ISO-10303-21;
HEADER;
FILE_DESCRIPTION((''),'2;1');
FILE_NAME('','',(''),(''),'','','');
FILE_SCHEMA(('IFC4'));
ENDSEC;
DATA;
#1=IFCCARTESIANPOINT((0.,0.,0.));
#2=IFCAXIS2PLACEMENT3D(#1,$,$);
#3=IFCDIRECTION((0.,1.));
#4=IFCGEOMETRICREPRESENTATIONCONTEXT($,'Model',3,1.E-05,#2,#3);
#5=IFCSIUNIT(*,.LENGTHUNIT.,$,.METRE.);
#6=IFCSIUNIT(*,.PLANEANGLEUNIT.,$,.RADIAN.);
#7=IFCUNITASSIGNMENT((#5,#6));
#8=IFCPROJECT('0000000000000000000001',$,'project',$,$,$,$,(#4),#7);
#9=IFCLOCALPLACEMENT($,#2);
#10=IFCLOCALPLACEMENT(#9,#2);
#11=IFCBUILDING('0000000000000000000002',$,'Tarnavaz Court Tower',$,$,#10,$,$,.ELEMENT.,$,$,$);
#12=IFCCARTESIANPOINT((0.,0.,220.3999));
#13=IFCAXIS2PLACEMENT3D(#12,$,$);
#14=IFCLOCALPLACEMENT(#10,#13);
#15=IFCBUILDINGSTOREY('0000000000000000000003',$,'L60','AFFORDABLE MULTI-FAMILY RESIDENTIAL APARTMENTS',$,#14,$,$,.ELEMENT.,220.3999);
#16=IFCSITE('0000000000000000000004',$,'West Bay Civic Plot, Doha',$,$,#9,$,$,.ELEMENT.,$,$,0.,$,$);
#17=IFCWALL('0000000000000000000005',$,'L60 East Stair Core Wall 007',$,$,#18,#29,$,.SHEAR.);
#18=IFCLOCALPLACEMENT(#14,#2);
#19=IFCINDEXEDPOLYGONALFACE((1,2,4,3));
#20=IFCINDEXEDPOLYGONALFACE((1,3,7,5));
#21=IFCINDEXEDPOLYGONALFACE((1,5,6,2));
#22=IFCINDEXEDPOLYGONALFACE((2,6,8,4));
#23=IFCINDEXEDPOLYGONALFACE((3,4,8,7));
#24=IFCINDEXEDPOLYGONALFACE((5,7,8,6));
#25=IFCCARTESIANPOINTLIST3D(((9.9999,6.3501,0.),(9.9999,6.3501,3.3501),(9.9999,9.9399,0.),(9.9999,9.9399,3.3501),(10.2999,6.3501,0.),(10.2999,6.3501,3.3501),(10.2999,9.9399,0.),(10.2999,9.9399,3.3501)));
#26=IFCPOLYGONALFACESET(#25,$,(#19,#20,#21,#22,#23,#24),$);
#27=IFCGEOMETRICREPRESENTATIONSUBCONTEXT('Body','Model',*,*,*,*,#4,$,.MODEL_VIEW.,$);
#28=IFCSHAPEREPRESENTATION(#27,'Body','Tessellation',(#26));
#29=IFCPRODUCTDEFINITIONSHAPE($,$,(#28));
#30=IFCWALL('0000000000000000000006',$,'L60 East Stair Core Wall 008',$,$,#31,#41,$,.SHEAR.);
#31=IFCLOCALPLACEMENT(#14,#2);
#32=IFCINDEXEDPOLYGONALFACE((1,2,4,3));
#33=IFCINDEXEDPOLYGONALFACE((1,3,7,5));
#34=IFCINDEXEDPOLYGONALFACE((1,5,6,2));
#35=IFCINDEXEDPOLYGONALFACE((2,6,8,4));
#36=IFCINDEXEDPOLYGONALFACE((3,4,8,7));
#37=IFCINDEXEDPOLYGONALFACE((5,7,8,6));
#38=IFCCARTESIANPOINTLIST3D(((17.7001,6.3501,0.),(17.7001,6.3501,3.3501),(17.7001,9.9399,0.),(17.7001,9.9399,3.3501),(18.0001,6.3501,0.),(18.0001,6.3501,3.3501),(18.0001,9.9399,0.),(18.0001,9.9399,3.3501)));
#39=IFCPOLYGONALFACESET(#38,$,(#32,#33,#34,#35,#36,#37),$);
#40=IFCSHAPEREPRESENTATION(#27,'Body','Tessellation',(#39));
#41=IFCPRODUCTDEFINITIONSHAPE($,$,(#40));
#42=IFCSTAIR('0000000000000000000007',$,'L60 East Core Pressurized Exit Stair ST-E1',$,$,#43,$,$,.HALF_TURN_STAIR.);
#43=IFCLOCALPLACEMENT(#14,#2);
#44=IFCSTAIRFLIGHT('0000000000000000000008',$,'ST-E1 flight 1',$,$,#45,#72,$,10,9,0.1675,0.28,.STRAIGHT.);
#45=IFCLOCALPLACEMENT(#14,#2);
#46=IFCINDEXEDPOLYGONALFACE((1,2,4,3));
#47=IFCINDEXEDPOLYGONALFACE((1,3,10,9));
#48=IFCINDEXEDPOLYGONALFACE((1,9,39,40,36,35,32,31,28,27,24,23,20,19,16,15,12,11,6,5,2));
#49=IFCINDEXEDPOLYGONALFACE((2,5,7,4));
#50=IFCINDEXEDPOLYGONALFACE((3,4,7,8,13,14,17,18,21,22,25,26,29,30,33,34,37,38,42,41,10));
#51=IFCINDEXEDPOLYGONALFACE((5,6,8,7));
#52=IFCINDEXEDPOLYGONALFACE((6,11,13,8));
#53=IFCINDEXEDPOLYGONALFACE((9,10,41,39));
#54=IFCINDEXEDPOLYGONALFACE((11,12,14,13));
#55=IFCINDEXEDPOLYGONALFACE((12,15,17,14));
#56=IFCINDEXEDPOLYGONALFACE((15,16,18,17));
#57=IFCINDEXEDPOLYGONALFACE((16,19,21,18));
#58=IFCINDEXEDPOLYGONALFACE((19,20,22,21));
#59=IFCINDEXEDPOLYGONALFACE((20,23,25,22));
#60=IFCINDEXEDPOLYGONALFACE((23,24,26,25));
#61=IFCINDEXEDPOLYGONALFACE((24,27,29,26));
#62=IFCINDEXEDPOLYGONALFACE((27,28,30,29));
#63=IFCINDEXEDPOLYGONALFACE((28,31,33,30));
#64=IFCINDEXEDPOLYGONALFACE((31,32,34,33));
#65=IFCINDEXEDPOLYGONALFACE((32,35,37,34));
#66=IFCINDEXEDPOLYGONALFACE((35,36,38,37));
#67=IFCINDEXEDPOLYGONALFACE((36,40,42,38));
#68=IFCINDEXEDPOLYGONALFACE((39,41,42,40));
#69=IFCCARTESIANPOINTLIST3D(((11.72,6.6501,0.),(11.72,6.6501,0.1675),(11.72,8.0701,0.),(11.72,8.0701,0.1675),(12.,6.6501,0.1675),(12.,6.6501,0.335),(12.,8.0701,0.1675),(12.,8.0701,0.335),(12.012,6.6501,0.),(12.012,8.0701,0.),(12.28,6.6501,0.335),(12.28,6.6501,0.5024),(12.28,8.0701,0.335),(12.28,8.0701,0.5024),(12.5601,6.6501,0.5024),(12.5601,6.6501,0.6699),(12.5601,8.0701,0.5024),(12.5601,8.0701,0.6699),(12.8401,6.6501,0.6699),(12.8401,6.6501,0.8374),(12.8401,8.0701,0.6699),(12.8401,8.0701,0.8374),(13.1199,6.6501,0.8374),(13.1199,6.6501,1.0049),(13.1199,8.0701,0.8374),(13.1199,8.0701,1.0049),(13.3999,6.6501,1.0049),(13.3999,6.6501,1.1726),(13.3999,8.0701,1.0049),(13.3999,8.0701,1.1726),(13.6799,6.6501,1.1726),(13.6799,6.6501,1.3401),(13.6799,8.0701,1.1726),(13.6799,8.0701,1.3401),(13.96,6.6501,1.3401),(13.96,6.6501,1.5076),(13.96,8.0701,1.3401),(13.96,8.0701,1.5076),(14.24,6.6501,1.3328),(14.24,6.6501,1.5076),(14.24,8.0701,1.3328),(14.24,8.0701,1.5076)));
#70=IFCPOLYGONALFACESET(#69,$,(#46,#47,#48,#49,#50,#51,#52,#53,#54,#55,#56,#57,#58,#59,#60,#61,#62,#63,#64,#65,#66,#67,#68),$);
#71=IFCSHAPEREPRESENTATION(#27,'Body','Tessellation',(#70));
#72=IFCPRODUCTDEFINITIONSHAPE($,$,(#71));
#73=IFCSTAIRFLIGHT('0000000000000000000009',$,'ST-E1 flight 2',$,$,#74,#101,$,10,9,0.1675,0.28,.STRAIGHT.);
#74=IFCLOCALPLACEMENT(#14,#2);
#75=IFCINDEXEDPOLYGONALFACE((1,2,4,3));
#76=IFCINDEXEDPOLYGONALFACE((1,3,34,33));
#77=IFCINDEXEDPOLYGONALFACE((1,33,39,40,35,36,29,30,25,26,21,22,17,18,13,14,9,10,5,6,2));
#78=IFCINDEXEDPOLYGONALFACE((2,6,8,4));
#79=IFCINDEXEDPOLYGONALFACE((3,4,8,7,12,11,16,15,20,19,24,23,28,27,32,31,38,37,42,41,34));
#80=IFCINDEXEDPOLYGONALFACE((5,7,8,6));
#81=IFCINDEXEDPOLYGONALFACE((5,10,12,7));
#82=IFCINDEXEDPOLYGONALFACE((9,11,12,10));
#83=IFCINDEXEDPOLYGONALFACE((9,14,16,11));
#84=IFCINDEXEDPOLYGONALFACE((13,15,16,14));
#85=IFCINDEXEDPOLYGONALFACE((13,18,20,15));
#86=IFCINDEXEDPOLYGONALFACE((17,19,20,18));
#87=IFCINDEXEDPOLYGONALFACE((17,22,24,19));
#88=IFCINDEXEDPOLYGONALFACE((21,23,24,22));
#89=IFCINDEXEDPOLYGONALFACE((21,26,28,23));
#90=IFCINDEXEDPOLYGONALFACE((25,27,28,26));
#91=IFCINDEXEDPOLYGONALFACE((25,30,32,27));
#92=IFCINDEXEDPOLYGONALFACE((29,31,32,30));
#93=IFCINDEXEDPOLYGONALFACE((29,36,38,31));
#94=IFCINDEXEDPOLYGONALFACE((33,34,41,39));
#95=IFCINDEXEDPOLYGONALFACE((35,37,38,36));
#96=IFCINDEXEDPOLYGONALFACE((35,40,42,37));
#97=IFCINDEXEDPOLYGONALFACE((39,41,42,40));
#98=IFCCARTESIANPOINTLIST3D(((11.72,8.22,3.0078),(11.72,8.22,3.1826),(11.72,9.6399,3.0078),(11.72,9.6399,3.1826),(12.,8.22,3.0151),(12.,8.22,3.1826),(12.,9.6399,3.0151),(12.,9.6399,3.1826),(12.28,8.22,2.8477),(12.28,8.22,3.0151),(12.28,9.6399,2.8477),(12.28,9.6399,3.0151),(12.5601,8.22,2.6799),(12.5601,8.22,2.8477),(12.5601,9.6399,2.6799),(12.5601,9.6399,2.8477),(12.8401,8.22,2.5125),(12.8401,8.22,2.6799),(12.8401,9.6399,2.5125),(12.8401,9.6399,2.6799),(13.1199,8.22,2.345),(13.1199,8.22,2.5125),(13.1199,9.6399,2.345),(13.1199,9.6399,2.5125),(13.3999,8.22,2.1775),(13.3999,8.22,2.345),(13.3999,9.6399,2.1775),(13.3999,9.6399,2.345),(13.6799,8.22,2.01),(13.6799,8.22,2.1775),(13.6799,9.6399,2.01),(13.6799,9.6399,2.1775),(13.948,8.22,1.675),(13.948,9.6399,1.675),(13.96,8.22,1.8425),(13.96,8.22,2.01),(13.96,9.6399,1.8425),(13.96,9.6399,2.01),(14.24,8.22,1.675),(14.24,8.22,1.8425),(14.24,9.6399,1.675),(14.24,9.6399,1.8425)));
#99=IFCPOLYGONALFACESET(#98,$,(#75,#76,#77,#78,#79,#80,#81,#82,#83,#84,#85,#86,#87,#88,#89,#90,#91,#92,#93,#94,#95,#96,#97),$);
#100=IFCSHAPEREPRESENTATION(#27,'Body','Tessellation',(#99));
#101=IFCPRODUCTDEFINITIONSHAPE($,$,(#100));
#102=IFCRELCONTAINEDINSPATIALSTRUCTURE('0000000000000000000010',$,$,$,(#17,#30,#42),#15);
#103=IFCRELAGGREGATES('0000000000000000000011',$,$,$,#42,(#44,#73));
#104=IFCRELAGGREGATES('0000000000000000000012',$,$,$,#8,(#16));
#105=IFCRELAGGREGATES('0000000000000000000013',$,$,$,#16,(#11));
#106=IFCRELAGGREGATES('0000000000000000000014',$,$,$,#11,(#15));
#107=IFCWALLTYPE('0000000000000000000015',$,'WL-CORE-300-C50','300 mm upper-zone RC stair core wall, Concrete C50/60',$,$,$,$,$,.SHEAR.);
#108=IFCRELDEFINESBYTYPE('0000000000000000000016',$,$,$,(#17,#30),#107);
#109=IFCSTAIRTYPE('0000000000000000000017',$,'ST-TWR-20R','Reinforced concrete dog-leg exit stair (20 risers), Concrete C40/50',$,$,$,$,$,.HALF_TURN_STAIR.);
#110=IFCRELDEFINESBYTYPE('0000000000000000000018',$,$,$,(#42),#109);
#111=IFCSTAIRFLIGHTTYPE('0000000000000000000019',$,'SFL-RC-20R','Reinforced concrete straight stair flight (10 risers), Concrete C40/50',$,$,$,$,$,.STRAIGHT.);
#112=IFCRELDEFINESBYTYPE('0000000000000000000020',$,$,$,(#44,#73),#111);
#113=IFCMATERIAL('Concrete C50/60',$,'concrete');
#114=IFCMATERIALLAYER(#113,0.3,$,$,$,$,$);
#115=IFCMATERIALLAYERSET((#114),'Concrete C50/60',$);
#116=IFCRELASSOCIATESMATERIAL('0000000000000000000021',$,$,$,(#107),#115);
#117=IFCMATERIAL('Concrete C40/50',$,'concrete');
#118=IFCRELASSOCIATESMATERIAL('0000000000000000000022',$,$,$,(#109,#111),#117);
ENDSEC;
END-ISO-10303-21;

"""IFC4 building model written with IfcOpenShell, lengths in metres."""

from ifc_helpers import new_model, si_unit, direction, frame, frame_2d, origin, place, context, subcontext, project, spatial, polyline, rectangle, outline, extrude, material, layer, layer_set, type_object, element, aggregate, save


model = new_model("IFC4")

# Units and contexts
model_context = context("Model", 3, precision=1e-05, world=origin(), true_north=direction((0.0, 1.0)))
body_context = subcontext(model_context, "Body", "Model", "MODEL_VIEW")
ifc_project = project(units=[si_unit("LENGTHUNIT", "METRE"), si_unit("PLANEANGLEUNIT", "RADIAN")], contexts=[model_context])

# Site, building, storey
site_placement = place(None, origin())
site = spatial("IfcSite", under=ifc_project, at=site_placement, Name="West Bay Civic Plot, Doha", CompositionType="ELEMENT", RefElevation=0.0)
building_placement = place(site_placement, origin())
building = spatial("IfcBuilding", under=site, at=building_placement, Name="Tarnavaz Court Tower", CompositionType="ELEMENT")
storey_placement = place(building_placement, frame((0.0, 0.0, 220.3999)))
storey = spatial("IfcBuildingStorey", under=building, at=storey_placement, Name="L60", Description="AFFORDABLE MULTI-FAMILY RESIDENTIAL APARTMENTS", CompositionType="ELEMENT", Elevation=220.3999)

# Shared definitions
ifc_material_1 = material(Name="Concrete C50/60", Category="concrete")

# Shared definitions
ifc_layer_1 = layer(ifc_material_1, 0.3)
ifc_layer_set_1 = layer_set([ifc_layer_1], Name="Concrete C50/60")
wall_type_1 = type_object("IfcWallType", Name="WL-CORE-300-C50", Description="300 mm upper-zone RC stair core wall, Concrete C50/60", PredefinedType="SHEAR", material=ifc_layer_set_1)

# Walls
for number, where, z_axis, x_axis, name in (
    (1, (10.1499, 6.3501, 0.0), (0.0, 0.0, 1.0), (0.0, 1.0, 0.0), "L60 East Stair Core Wall 007"),
    (2, (17.8501, 6.3501, 0.0), (0.0, 0.0, 1.0), (0.0, 1.0, 0.0), "L60 East Stair Core Wall 008"),
):
    element("IfcWall", number, at=place(storey_placement, frame(where, z_axis=z_axis, x_axis=x_axis)), inside=storey, type_object=wall_type_1, Name=name, PredefinedType="SHEAR", context=body_context, shape_type="SweptSolid", body=[
        extrude(rectangle(XDim=3.5898, YDim=0.3, at=frame_2d((1.7949, 0.0))), origin(), (0.0, 0.0, 1.0), 3.3501),
    ])

# Stair, stair flights
ifc_material_2 = material(Name="Concrete C40/50", Category="concrete")
stair_type = type_object("IfcStairType", Name="ST-TWR-20R", Description="Reinforced concrete dog-leg exit stair (20 risers), Concrete C40/50", PredefinedType="HALF_TURN_STAIR", material=ifc_material_2)
stair_placement = place(storey_placement, origin())
stair = element("IfcStair", 3, at=stair_placement, inside=storey, type_object=stair_type, Name="L60 East Core Pressurized Exit Stair ST-E1", PredefinedType="HALF_TURN_STAIR")
stair_flight_type = type_object("IfcStairFlightType", Name="SFL-RC-20R", Description="Reinforced concrete straight stair flight (10 risers), Concrete C40/50", PredefinedType="STRAIGHT", material=ifc_material_2)
stair_flight_1_placement = place(storey_placement, frame((11.72, 7.3601, 0.0), z_axis=(0.0, 0.0, 1.0), x_axis=(1.0, 0.0, 0.0)))
stair_flight_1 = element("IfcStairFlight", 4, at=stair_flight_1_placement, type_object=stair_flight_type, Name="ST-E1 flight 1", NumberOfRisers=10, NumberOfTreads=9, PredefinedType="STRAIGHT", RiserHeight=0.1675, TreadLength=0.28, context=body_context, shape_type="SweptSolid", body=[
    extrude(outline(polyline([(0.0, 0.0), (0.0, 0.1675), (0.28, 0.1675), (0.28, 0.335), (0.5601, 0.335), (0.5601, 0.5024), (0.8401, 0.5024), (0.8401, 0.6699), (1.1201, 0.6699), (1.1201, 0.8374), (1.3999, 0.8374), (1.3999, 1.0049), (1.6799, 1.0049), (1.6799, 1.1726), (1.96, 1.1726), (1.96, 1.3401), (2.24, 1.3401), (2.24, 1.5076), (2.52, 1.5076), (2.52, 1.675), (2.52, 1.3328), (0.292, 0.0), (0.0, 0.0)])), frame((0.0, 0.71, 0.0), z_axis=(0.0, -1.0, 0.0), x_axis=(1.0, 0.0, 0.0)), (0.0, 0.0, 1.0), 1.4199),
])
stair_flight_2_placement = place(storey_placement, frame((14.24, 8.9299, 1.675), z_axis=(0.0, 0.0, 1.0), x_axis=(-1.0, 0.0, 0.0)))
stair_flight_2 = element("IfcStairFlight", 5, at=stair_flight_2_placement, type_object=stair_flight_type, Name="ST-E1 flight 2", NumberOfRisers=10, NumberOfTreads=9, PredefinedType="STRAIGHT", RiserHeight=0.1675, TreadLength=0.28, context=body_context, shape_type="SweptSolid", body=[
    extrude(outline(polyline([(0.0, 0.0), (0.0, 0.1675), (0.28, 0.1675), (0.28, 0.335), (0.5601, 0.335), (0.5601, 0.5024), (0.8401, 0.5024), (0.8401, 0.6699), (1.1201, 0.6699), (1.1201, 0.8374), (1.3999, 0.8374), (1.3999, 1.0049), (1.6799, 1.0049), (1.6799, 1.1726), (1.96, 1.1726), (1.96, 1.3401), (2.24, 1.3401), (2.24, 1.5076), (2.52, 1.5076), (2.52, 1.675), (2.52, 1.3328), (0.292, 0.0), (0.0, 0.0)])), frame((0.0, 0.71, 0.0), z_axis=(0.0, -1.0, 0.0), x_axis=(1.0, 0.0, 0.0)), (0.0, 0.0, 1.0), 1.4199),
])
aggregate(stair, [stair_flight_1, stair_flight_2])

save(model, "model.ifc")
